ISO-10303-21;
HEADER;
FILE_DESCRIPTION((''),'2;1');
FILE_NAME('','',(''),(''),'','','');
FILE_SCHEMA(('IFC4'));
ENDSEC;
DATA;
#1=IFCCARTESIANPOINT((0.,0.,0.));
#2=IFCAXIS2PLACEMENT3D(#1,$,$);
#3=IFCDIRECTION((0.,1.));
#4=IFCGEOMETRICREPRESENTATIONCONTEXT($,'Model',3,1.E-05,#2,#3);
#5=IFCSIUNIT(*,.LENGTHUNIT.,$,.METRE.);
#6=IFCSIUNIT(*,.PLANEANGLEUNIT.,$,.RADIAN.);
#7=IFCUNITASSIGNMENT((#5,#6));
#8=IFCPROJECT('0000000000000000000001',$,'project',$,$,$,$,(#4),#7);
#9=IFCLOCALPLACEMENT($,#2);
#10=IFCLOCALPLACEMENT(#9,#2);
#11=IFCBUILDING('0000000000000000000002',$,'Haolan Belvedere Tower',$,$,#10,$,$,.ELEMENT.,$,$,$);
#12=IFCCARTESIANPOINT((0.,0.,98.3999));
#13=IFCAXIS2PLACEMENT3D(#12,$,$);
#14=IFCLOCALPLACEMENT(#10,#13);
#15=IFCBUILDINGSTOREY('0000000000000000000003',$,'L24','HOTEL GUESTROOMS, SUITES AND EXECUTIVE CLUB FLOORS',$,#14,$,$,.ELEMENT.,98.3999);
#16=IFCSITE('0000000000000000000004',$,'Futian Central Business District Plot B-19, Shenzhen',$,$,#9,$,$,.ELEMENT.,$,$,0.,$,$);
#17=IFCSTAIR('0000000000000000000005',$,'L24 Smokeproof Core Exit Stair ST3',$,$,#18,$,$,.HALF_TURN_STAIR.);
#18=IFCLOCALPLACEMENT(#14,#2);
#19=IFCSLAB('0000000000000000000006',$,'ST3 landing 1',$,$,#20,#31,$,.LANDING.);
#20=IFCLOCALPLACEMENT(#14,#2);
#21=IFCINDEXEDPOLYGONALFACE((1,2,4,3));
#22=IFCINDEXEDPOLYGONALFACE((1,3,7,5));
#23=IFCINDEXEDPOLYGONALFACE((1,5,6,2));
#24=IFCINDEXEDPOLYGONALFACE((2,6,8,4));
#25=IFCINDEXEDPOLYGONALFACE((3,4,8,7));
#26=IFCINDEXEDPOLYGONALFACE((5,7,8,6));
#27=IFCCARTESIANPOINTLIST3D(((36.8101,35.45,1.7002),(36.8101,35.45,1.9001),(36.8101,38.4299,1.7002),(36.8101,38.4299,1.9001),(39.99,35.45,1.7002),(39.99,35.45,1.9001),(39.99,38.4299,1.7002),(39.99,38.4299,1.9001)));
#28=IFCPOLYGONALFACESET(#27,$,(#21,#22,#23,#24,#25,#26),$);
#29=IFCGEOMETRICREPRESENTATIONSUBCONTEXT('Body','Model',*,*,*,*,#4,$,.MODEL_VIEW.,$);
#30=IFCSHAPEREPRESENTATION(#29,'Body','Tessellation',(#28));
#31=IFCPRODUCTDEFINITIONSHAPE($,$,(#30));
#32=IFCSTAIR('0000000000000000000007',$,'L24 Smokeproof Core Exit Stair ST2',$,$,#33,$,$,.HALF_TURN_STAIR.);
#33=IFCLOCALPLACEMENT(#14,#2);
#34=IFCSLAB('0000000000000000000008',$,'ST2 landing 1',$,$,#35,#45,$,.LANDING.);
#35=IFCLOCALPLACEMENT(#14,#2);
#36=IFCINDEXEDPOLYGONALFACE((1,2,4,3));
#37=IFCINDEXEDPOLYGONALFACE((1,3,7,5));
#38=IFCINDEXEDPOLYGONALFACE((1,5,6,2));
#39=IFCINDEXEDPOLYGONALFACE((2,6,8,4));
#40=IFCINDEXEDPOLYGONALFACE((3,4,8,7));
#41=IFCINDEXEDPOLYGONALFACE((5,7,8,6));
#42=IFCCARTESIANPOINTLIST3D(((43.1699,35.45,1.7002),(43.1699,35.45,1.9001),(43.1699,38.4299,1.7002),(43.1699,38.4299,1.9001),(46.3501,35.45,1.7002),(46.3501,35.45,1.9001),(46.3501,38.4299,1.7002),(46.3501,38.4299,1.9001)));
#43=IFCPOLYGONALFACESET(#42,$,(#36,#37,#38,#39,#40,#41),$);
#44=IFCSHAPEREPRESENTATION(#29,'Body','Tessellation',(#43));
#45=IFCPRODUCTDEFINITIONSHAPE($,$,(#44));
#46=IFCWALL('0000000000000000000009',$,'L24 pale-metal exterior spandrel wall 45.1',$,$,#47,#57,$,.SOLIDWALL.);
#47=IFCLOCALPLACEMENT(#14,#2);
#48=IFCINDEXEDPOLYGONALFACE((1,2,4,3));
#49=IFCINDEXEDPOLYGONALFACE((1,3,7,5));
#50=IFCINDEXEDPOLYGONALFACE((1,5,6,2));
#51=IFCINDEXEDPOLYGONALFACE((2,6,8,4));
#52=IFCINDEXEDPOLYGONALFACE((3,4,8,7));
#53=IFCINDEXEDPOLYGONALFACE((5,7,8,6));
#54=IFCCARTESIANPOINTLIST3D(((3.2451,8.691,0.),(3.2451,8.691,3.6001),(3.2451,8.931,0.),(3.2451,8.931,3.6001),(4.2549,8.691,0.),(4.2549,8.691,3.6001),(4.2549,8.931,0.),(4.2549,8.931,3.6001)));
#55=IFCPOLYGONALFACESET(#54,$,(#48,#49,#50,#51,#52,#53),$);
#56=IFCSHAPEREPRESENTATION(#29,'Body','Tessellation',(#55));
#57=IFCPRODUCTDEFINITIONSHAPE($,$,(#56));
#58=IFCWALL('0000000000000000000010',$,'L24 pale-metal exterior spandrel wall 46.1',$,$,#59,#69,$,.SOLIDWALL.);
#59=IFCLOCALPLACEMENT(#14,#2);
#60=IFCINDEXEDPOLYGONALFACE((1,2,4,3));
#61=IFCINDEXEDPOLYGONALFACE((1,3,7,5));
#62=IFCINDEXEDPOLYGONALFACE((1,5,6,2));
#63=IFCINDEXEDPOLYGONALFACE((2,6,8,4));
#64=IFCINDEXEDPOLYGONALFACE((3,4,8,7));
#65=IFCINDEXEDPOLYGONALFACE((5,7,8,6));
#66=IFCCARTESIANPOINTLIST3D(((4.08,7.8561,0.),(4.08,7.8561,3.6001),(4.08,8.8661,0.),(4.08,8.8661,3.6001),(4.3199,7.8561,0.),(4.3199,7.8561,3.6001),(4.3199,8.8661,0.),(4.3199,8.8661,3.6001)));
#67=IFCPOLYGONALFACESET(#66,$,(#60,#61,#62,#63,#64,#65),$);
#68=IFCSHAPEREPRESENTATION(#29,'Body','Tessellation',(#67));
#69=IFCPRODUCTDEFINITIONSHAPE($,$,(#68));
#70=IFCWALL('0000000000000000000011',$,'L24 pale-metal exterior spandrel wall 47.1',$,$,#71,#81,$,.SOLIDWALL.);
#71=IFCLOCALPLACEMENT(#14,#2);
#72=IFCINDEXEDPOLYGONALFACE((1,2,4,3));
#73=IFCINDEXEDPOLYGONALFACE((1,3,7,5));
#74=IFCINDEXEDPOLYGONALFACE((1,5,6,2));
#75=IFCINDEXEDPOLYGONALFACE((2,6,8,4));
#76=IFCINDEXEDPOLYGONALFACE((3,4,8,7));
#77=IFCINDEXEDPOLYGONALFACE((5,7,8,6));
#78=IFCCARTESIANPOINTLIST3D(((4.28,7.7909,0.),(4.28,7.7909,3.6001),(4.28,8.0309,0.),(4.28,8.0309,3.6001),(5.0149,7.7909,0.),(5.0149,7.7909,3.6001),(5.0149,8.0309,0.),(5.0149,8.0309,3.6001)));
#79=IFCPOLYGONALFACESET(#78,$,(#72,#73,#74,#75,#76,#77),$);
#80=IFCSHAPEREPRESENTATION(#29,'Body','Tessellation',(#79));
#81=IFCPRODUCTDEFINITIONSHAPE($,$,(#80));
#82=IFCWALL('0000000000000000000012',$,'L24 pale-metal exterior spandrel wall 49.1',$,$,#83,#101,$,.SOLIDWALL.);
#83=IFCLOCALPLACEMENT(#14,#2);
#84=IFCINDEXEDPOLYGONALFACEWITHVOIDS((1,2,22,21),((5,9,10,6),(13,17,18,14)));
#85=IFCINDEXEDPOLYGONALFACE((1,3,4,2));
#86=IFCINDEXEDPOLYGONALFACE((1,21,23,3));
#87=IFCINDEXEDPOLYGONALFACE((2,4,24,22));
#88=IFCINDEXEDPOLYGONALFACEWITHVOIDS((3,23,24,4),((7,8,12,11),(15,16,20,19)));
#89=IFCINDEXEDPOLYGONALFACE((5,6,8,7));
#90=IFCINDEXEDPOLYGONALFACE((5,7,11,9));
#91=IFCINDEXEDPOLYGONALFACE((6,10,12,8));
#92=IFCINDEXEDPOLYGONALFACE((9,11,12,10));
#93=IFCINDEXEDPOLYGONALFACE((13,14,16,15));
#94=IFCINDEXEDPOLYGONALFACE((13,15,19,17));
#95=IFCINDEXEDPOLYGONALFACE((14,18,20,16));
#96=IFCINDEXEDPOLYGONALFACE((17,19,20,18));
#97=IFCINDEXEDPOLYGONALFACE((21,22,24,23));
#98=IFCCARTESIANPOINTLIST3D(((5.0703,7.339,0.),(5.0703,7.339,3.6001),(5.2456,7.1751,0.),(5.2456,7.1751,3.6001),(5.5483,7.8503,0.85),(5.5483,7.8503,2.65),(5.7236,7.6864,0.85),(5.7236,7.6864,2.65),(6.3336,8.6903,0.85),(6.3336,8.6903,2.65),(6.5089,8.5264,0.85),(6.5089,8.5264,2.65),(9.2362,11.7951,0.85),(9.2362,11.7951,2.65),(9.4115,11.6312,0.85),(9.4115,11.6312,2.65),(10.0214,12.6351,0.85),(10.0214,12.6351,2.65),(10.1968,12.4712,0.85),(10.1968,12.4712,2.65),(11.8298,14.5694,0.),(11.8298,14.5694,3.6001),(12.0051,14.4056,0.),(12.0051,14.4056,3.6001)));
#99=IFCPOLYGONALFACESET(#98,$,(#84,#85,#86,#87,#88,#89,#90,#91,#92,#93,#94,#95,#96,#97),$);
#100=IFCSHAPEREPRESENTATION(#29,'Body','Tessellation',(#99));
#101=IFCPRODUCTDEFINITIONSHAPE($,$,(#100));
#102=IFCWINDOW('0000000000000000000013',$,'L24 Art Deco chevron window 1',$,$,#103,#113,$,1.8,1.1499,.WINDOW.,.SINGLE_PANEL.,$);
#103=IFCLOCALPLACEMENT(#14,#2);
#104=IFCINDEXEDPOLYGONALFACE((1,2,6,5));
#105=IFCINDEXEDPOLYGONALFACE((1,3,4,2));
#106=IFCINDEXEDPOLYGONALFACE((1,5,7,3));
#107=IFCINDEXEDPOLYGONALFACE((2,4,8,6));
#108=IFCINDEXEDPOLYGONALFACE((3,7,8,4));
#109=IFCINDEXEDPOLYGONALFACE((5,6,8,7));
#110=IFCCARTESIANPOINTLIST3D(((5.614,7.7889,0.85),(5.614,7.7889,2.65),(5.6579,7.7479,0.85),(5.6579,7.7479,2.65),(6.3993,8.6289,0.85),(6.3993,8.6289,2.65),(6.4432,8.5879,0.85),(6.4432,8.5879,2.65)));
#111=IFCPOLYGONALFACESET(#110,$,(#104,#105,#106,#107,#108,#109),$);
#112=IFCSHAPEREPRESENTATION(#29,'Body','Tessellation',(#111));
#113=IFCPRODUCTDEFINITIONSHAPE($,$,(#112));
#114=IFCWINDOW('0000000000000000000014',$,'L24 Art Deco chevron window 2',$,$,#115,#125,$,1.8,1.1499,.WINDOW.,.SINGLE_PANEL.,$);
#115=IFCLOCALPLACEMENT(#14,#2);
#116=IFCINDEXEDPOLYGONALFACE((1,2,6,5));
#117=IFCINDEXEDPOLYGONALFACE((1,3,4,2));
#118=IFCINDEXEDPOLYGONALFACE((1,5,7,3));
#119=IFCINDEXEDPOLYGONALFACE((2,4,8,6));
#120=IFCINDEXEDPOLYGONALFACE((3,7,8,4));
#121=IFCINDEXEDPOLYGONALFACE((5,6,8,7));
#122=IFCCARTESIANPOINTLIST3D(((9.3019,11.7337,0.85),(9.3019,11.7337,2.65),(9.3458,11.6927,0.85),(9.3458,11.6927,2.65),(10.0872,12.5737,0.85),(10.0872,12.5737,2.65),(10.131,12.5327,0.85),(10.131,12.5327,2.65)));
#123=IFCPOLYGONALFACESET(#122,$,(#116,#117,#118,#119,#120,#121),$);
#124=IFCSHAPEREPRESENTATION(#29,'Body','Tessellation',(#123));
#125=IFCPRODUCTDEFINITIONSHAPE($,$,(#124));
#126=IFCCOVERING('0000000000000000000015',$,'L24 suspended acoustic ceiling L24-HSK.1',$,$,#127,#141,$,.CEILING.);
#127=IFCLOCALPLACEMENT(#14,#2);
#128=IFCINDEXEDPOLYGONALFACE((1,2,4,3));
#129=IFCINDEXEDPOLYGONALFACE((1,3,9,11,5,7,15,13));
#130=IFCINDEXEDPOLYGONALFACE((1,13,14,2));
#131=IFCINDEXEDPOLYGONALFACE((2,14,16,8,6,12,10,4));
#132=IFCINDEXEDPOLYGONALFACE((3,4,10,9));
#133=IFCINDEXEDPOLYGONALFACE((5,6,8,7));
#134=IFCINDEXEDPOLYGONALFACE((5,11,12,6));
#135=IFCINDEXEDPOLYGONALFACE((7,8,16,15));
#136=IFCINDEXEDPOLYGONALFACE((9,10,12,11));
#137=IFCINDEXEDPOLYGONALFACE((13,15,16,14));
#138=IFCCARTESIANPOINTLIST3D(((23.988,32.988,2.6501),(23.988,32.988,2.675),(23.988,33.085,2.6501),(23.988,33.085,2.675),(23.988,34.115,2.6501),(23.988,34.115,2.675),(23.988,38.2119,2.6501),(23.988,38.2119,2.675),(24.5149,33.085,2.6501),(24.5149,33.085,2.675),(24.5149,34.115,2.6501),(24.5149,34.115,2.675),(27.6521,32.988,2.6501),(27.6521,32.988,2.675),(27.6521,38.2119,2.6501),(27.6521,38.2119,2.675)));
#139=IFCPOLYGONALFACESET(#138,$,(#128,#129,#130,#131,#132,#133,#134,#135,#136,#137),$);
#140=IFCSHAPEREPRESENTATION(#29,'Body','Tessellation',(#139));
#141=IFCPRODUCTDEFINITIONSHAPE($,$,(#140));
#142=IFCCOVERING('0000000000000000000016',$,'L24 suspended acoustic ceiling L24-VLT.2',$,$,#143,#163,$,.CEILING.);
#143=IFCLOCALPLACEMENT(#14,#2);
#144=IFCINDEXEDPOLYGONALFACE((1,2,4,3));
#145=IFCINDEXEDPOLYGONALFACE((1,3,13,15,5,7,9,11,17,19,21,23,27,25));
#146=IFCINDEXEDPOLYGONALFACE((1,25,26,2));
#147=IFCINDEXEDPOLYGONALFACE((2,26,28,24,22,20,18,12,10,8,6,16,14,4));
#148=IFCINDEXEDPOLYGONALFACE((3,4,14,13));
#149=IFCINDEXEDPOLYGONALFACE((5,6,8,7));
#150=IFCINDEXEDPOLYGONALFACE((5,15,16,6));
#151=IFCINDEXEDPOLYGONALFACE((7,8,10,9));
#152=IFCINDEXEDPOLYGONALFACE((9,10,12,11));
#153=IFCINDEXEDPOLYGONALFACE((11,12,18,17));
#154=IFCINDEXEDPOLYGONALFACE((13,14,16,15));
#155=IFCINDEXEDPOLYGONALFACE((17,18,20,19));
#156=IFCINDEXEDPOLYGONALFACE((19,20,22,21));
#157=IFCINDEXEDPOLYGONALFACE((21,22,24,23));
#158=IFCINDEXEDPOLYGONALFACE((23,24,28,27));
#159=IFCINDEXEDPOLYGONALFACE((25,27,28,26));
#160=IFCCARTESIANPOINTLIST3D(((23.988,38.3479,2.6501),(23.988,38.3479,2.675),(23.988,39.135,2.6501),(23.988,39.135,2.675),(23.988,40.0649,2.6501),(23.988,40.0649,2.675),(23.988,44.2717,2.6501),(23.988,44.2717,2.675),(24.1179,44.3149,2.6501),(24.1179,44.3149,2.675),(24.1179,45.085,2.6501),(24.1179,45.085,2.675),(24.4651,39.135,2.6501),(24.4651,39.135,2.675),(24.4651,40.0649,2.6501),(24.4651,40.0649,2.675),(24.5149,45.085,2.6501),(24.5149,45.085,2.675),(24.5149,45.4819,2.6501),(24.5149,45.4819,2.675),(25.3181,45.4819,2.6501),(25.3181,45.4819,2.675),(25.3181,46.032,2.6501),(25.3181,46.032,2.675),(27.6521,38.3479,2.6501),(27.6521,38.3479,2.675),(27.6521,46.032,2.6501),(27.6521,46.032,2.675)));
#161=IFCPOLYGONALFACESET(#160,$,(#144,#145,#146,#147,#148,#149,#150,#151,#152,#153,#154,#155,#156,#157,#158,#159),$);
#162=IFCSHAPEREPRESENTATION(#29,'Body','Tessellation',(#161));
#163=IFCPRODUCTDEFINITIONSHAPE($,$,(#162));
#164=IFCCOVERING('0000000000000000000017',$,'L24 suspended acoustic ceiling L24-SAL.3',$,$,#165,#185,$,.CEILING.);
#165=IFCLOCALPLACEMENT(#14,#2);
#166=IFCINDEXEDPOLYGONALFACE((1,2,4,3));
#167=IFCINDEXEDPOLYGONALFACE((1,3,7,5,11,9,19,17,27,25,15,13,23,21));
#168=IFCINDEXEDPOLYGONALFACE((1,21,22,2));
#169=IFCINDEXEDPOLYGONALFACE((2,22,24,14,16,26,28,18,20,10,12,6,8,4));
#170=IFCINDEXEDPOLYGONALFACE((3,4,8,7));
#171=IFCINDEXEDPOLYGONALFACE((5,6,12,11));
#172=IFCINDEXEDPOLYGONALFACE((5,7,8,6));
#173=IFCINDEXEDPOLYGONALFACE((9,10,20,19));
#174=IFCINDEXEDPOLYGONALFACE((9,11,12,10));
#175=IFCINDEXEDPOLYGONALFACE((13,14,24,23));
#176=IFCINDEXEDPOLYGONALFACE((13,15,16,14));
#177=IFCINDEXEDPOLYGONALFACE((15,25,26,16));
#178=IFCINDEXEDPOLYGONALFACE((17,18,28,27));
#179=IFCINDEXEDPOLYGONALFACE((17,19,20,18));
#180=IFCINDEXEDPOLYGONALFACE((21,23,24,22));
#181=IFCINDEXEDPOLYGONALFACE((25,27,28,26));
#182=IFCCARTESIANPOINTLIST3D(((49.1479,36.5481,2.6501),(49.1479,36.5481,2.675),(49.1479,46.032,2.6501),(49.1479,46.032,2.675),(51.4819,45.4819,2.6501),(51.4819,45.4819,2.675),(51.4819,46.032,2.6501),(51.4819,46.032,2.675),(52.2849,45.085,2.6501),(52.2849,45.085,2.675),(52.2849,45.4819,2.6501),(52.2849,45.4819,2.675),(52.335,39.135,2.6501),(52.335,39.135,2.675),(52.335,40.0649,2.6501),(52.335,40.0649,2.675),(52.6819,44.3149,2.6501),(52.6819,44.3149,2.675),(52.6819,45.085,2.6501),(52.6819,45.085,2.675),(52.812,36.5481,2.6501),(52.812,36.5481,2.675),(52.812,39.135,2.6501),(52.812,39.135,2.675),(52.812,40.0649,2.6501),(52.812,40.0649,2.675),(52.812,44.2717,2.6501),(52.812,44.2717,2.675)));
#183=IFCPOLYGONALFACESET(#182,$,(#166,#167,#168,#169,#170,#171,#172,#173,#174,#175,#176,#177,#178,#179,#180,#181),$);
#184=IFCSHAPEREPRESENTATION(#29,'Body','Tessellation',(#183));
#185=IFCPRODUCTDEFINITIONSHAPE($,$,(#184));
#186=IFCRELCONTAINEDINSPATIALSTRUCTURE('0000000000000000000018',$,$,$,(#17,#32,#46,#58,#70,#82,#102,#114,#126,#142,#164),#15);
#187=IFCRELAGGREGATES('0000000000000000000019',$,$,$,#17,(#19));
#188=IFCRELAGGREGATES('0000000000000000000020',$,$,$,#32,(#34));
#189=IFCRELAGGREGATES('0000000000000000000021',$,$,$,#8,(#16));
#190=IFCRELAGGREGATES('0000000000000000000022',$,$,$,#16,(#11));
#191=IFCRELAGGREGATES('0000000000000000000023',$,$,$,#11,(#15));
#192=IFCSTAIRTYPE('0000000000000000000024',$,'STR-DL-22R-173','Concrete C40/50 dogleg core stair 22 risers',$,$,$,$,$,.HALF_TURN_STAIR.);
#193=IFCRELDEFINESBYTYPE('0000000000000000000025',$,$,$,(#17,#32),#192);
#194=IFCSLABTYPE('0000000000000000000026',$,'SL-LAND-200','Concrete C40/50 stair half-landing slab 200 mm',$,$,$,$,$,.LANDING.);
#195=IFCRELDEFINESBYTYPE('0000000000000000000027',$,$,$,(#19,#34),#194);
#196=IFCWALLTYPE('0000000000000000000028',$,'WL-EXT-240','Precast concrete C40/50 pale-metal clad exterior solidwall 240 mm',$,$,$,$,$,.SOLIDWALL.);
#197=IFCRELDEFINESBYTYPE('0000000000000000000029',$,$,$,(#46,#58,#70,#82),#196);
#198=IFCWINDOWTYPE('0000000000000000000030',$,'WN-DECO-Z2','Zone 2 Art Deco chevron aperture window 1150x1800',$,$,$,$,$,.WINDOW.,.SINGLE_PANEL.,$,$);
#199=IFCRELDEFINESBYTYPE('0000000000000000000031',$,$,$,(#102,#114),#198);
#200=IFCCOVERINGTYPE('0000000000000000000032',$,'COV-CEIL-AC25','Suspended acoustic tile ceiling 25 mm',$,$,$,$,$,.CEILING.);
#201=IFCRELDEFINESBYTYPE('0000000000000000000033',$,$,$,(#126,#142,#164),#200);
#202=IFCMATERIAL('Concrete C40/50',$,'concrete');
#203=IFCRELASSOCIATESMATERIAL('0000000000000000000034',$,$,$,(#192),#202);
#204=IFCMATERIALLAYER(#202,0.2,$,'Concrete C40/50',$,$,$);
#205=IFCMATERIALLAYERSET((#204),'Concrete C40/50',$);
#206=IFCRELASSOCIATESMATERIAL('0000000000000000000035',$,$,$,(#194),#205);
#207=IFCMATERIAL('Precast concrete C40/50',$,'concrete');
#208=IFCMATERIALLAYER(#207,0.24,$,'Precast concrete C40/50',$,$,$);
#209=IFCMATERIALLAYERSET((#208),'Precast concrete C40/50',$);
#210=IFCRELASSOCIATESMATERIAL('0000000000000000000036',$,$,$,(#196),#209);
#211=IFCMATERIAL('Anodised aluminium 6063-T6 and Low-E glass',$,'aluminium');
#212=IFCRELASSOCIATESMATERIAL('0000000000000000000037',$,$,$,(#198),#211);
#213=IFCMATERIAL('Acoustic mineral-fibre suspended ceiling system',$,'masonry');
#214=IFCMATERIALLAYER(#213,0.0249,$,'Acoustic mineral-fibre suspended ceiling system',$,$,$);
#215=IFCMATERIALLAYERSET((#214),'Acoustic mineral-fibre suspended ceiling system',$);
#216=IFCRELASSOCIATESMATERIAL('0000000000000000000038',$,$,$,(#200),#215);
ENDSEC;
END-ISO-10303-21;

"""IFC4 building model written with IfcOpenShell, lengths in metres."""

from ifc_helpers import new_model, si_unit, direction, frame, frame_2d, origin, place, context, subcontext, project, spatial, polyline, rectangle, outline, extrude, material, layer, layer_set, type_object, element, fill, aggregate, save


model = new_model("IFC4")

# Units and contexts
model_context = context("Model", 3, precision=1e-05, world=origin(), true_north=direction((0.0, 1.0)))
body_context = subcontext(model_context, "Body", "Model", "MODEL_VIEW")
ifc_project = project(units=[si_unit("LENGTHUNIT", "METRE"), si_unit("PLANEANGLEUNIT", "RADIAN")], contexts=[model_context])

# Site, building, storey
site_placement = place(None, origin())
site = spatial("IfcSite", under=ifc_project, at=site_placement, Name="Futian Central Business District Plot B-19, Shenzhen", CompositionType="ELEMENT", RefElevation=0.0)
building_placement = place(site_placement, origin())
building = spatial("IfcBuilding", under=site, at=building_placement, Name="Haolan Belvedere Tower", CompositionType="ELEMENT")
storey_placement = place(building_placement, frame((0.0, 0.0, 98.3999)))
storey = spatial("IfcBuildingStorey", under=building, at=storey_placement, Name="L24", Description="HOTEL GUESTROOMS, SUITES AND EXECUTIVE CLUB FLOORS", CompositionType="ELEMENT", Elevation=98.3999)

# Shared definitions
ifc_material_1 = material(Name="Concrete C40/50", Category="concrete")

# Stairs, slabs
stair_type = type_object("IfcStairType", Name="STR-DL-22R-173", Description="Concrete C40/50 dogleg core stair 22 risers", PredefinedType="HALF_TURN_STAIR", material=ifc_material_1)
ifc_layer_1 = layer(ifc_material_1, 0.2, Name="Concrete C40/50")
ifc_layer_set_1 = layer_set([ifc_layer_1], Name="Concrete C40/50")
slab_type_1 = type_object("IfcSlabType", Name="SL-LAND-200", Description="Concrete C40/50 stair half-landing slab 200 mm", PredefinedType="LANDING", material=ifc_layer_set_1)
stair_1_placement = place(storey_placement, origin())
stair_1 = element("IfcStair", 1, at=stair_1_placement, inside=storey, type_object=stair_type, Name="L24 Smokeproof Core Exit Stair ST3", PredefinedType="HALF_TURN_STAIR")
slab_1_placement = place(storey_placement, frame((0.0, 0.0, 1.7002)))
slab_1 = element("IfcSlab", 2, at=slab_1_placement, type_object=slab_type_1, Name="ST3 landing 1", PredefinedType="LANDING", context=body_context, shape_type="SweptSolid", body=[
    extrude(outline(polyline([(36.8101, 38.4299), (36.8101, 35.45), (39.99, 35.45), (39.99, 38.4299), (36.8101, 38.4299)])), origin(), (0.0, 0.0, 1.0), 0.2),
])
aggregate(stair_1, [slab_1])
stair_2_placement = place(storey_placement, origin())
stair_2 = element("IfcStair", 3, at=stair_2_placement, inside=storey, type_object=stair_type, Name="L24 Smokeproof Core Exit Stair ST2", PredefinedType="HALF_TURN_STAIR")
slab_2_placement = place(storey_placement, frame((0.0, 0.0, 1.7002)))
slab_2 = element("IfcSlab", 4, at=slab_2_placement, type_object=slab_type_1, Name="ST2 landing 1", PredefinedType="LANDING", context=body_context, shape_type="SweptSolid", body=[
    extrude(outline(polyline([(43.1699, 38.4299), (43.1699, 35.45), (46.3501, 35.45), (46.3501, 38.4299), (43.1699, 38.4299)])), origin(), (0.0, 0.0, 1.0), 0.2),
])
aggregate(stair_2, [slab_2])

# Walls
ifc_material_2 = material(Name="Precast concrete C40/50", Category="concrete")
ifc_layer_2 = layer(ifc_material_2, 0.24, Name="Precast concrete C40/50")
ifc_layer_set_2 = layer_set([ifc_layer_2], Name="Precast concrete C40/50")
wall_type = type_object("IfcWallType", Name="WL-EXT-240", Description="Precast concrete C40/50 pale-metal clad exterior solidwall 240 mm", PredefinedType="SOLIDWALL", material=ifc_layer_set_2)
wall_1_placement = place(storey_placement, frame((3.2451, 8.811, 0.0), z_axis=(0.0, 0.0, 1.0), x_axis=(1.0, 0.0, 0.0)))
element("IfcWall", 5, at=wall_1_placement, inside=storey, type_object=wall_type, Name="L24 pale-metal exterior spandrel wall 45.1", PredefinedType="SOLIDWALL", context=body_context, shape_type="SweptSolid", body=[
    extrude(rectangle(XDim=1.0098, YDim=0.24, at=frame_2d((0.5049, 0.0))), origin(), (0.0, 0.0, 1.0), 3.6001),
])
wall_2_placement = place(storey_placement, frame((4.2, 8.866, 0.0), z_axis=(0.0, 0.0, 1.0), x_axis=(0.0, -1.0, 0.0)))
element("IfcWall", 6, at=wall_2_placement, inside=storey, type_object=wall_type, Name="L24 pale-metal exterior spandrel wall 46.1", PredefinedType="SOLIDWALL", context=body_context, shape_type="SweptSolid", body=[
    extrude(rectangle(XDim=1.01, YDim=0.24, at=frame_2d((0.5049, 0.0))), origin(), (0.0, 0.0, 1.0), 3.6001),
])
wall_3_placement = place(storey_placement, frame((4.28, 7.9109, 0.0), z_axis=(0.0, 0.0, 1.0), x_axis=(1.0, 0.0, 0.0)))
element("IfcWall", 7, at=wall_3_placement, inside=storey, type_object=wall_type, Name="L24 pale-metal exterior spandrel wall 47.1", PredefinedType="SOLIDWALL", context=body_context, shape_type="SweptSolid", body=[
    extrude(rectangle(XDim=0.7349, YDim=0.24, at=frame_2d((0.3674, 0.0))), origin(), (0.0, 0.0, 1.0), 3.6001),
])

# Wall, openings, windows
wall_4_placement = place(storey_placement, frame((5.158, 7.2571, 0.0), z_axis=(0.0, 0.0, 1.0), x_axis=(0.682916, 0.730496, 0.0)))
wall_4 = element("IfcWall", 8, at=wall_4_placement, inside=storey, type_object=wall_type, Name="L24 pale-metal exterior spandrel wall 49.1", PredefinedType="SOLIDWALL", context=body_context, shape_type="SweptSolid", body=[
    extrude(rectangle(XDim=9.8979, YDim=0.24, at=frame_2d((4.949, 0.0))), origin(), (0.0, 0.0, 1.0), 3.6001),
])
opening_1_placement = place(wall_4_placement, frame((0.7, 0.0, 0.8501)))
opening_1 = element("IfcOpeningElement", 9, at=opening_1_placement, cuts=wall_4, PredefinedType="OPENING", context=body_context, shape_type="SweptSolid", body=[
    extrude(rectangle(XDim=1.1499, YDim=1.8, at=frame_2d((0.575, 0.8999))), frame((0.0, 0.1299, 0.0), z_axis=(0.0, -1.0, 0.0), x_axis=(1.0, 0.0, 0.0)), (0.0, 0.0, 1.0), 0.26),
])
opening_2_placement = place(wall_4_placement, frame((6.1001, 0.0, 0.8501)))
opening_2 = element("IfcOpeningElement", 10, at=opening_2_placement, cuts=wall_4, PredefinedType="OPENING", context=body_context, shape_type="SweptSolid", body=[
    extrude(rectangle(XDim=1.1499, YDim=1.8, at=frame_2d((0.575, 0.8999))), frame((0.0, 0.1299, 0.0), z_axis=(0.0, -1.0, 0.0), x_axis=(1.0, 0.0, 0.0)), (0.0, 0.0, 1.0), 0.26),
])
ifc_material_3 = material(Name="Anodised aluminium 6063-T6 and Low-E glass", Category="aluminium")
window_type = type_object("IfcWindowType", Name="WN-DECO-Z2", Description="Zone 2 Art Deco chevron aperture window 1150x1800", PartitioningType="SINGLE_PANEL", PredefinedType="WINDOW", material=ifc_material_3)
window_1_placement = place(opening_1_placement, origin())
window_1 = element("IfcWindow", 11, at=window_1_placement, inside=storey, type_object=window_type, Name="L24 Art Deco chevron window 1", OverallHeight=1.8, OverallWidth=1.1499, PartitioningType="SINGLE_PANEL", PredefinedType="WINDOW", context=body_context, shape_type="SweptSolid", body=[
    extrude(rectangle(XDim=1.1499, YDim=1.8, at=frame_2d((0.575, 0.8999))), frame((0.0, 0.03, 0.0), z_axis=(0.0, -1.0, 0.0), x_axis=(1.0, 0.0, 0.0)), (0.0, 0.0, 1.0), 0.0601),
])
fill(opening_1, window_1)
window_2_placement = place(opening_2_placement, origin())
window_2 = element("IfcWindow", 12, at=window_2_placement, inside=storey, type_object=window_type, Name="L24 Art Deco chevron window 2", OverallHeight=1.8, OverallWidth=1.1499, PartitioningType="SINGLE_PANEL", PredefinedType="WINDOW", context=body_context, shape_type="SweptSolid", body=[
    extrude(rectangle(XDim=1.1499, YDim=1.8, at=frame_2d((0.575, 0.8999))), frame((0.0, 0.03, 0.0), z_axis=(0.0, -1.0, 0.0), x_axis=(1.0, 0.0, 0.0)), (0.0, 0.0, 1.0), 0.0601),
])
fill(opening_2, window_2)

# Coverings
ifc_material_4 = material(Name="Acoustic mineral-fibre suspended ceiling system", Category="masonry")
ifc_layer_3 = layer(ifc_material_4, 0.0249, Name="Acoustic mineral-fibre suspended ceiling system")
ifc_layer_set_3 = layer_set([ifc_layer_3], Name="Acoustic mineral-fibre suspended ceiling system")
covering_type_1 = type_object("IfcCoveringType", Name="COV-CEIL-AC25", Description="Suspended acoustic tile ceiling 25 mm", PredefinedType="CEILING", material=ifc_layer_set_3)
covering_1_placement = place(storey_placement, frame((0.0, 0.0, 2.6501)))
element("IfcCovering", 13, at=covering_1_placement, inside=storey, type_object=covering_type_1, Name="L24 suspended acoustic ceiling L24-HSK.1", PredefinedType="CEILING", context=body_context, shape_type="SweptSolid", body=[
    extrude(outline(polyline([(27.6521, 32.988), (27.6521, 38.2119), (23.988, 38.2119), (23.988, 34.115), (24.5149, 34.115), (24.5149, 33.085), (23.988, 33.085), (23.988, 32.988), (27.6521, 32.988)])), origin(), (0.0, 0.0, 1.0), 0.0249),
])
covering_2_placement = place(storey_placement, frame((0.0, 0.0, 2.6501)))
element("IfcCovering", 14, at=covering_2_placement, inside=storey, type_object=covering_type_1, Name="L24 suspended acoustic ceiling L24-VLT.2", PredefinedType="CEILING", context=body_context, shape_type="SweptSolid", body=[
    extrude(outline(polyline([(23.988, 40.0649), (24.4651, 40.0649), (24.4651, 39.135), (23.988, 39.135), (23.988, 38.3479), (27.6521, 38.3479), (27.6521, 46.032), (25.3181, 46.032), (25.3181, 45.4819), (24.5149, 45.4819), (24.5149, 45.085), (24.1179, 45.085), (24.1179, 44.3149), (23.988, 44.2717), (23.988, 40.0649)])), origin(), (0.0, 0.0, 1.0), 0.0249),
])
covering_3_placement = place(storey_placement, frame((0.0, 0.0, 2.6501)))
element("IfcCovering", 15, at=covering_3_placement, inside=storey, type_object=covering_type_1, Name="L24 suspended acoustic ceiling L24-SAL.3", PredefinedType="CEILING", context=body_context, shape_type="SweptSolid", body=[
    extrude(outline(polyline([(51.4819, 46.032), (49.1479, 46.032), (49.1479, 36.5481), (52.812, 36.5481), (52.812, 39.135), (52.335, 39.135), (52.335, 40.0649), (52.812, 40.0649), (52.812, 44.2717), (52.6819, 44.3149), (52.6819, 45.085), (52.2849, 45.085), (52.2849, 45.4819), (51.4819, 45.4819), (51.4819, 46.032)])), origin(), (0.0, 0.0, 1.0), 0.0249),
])

save(model, "model.ifc")
